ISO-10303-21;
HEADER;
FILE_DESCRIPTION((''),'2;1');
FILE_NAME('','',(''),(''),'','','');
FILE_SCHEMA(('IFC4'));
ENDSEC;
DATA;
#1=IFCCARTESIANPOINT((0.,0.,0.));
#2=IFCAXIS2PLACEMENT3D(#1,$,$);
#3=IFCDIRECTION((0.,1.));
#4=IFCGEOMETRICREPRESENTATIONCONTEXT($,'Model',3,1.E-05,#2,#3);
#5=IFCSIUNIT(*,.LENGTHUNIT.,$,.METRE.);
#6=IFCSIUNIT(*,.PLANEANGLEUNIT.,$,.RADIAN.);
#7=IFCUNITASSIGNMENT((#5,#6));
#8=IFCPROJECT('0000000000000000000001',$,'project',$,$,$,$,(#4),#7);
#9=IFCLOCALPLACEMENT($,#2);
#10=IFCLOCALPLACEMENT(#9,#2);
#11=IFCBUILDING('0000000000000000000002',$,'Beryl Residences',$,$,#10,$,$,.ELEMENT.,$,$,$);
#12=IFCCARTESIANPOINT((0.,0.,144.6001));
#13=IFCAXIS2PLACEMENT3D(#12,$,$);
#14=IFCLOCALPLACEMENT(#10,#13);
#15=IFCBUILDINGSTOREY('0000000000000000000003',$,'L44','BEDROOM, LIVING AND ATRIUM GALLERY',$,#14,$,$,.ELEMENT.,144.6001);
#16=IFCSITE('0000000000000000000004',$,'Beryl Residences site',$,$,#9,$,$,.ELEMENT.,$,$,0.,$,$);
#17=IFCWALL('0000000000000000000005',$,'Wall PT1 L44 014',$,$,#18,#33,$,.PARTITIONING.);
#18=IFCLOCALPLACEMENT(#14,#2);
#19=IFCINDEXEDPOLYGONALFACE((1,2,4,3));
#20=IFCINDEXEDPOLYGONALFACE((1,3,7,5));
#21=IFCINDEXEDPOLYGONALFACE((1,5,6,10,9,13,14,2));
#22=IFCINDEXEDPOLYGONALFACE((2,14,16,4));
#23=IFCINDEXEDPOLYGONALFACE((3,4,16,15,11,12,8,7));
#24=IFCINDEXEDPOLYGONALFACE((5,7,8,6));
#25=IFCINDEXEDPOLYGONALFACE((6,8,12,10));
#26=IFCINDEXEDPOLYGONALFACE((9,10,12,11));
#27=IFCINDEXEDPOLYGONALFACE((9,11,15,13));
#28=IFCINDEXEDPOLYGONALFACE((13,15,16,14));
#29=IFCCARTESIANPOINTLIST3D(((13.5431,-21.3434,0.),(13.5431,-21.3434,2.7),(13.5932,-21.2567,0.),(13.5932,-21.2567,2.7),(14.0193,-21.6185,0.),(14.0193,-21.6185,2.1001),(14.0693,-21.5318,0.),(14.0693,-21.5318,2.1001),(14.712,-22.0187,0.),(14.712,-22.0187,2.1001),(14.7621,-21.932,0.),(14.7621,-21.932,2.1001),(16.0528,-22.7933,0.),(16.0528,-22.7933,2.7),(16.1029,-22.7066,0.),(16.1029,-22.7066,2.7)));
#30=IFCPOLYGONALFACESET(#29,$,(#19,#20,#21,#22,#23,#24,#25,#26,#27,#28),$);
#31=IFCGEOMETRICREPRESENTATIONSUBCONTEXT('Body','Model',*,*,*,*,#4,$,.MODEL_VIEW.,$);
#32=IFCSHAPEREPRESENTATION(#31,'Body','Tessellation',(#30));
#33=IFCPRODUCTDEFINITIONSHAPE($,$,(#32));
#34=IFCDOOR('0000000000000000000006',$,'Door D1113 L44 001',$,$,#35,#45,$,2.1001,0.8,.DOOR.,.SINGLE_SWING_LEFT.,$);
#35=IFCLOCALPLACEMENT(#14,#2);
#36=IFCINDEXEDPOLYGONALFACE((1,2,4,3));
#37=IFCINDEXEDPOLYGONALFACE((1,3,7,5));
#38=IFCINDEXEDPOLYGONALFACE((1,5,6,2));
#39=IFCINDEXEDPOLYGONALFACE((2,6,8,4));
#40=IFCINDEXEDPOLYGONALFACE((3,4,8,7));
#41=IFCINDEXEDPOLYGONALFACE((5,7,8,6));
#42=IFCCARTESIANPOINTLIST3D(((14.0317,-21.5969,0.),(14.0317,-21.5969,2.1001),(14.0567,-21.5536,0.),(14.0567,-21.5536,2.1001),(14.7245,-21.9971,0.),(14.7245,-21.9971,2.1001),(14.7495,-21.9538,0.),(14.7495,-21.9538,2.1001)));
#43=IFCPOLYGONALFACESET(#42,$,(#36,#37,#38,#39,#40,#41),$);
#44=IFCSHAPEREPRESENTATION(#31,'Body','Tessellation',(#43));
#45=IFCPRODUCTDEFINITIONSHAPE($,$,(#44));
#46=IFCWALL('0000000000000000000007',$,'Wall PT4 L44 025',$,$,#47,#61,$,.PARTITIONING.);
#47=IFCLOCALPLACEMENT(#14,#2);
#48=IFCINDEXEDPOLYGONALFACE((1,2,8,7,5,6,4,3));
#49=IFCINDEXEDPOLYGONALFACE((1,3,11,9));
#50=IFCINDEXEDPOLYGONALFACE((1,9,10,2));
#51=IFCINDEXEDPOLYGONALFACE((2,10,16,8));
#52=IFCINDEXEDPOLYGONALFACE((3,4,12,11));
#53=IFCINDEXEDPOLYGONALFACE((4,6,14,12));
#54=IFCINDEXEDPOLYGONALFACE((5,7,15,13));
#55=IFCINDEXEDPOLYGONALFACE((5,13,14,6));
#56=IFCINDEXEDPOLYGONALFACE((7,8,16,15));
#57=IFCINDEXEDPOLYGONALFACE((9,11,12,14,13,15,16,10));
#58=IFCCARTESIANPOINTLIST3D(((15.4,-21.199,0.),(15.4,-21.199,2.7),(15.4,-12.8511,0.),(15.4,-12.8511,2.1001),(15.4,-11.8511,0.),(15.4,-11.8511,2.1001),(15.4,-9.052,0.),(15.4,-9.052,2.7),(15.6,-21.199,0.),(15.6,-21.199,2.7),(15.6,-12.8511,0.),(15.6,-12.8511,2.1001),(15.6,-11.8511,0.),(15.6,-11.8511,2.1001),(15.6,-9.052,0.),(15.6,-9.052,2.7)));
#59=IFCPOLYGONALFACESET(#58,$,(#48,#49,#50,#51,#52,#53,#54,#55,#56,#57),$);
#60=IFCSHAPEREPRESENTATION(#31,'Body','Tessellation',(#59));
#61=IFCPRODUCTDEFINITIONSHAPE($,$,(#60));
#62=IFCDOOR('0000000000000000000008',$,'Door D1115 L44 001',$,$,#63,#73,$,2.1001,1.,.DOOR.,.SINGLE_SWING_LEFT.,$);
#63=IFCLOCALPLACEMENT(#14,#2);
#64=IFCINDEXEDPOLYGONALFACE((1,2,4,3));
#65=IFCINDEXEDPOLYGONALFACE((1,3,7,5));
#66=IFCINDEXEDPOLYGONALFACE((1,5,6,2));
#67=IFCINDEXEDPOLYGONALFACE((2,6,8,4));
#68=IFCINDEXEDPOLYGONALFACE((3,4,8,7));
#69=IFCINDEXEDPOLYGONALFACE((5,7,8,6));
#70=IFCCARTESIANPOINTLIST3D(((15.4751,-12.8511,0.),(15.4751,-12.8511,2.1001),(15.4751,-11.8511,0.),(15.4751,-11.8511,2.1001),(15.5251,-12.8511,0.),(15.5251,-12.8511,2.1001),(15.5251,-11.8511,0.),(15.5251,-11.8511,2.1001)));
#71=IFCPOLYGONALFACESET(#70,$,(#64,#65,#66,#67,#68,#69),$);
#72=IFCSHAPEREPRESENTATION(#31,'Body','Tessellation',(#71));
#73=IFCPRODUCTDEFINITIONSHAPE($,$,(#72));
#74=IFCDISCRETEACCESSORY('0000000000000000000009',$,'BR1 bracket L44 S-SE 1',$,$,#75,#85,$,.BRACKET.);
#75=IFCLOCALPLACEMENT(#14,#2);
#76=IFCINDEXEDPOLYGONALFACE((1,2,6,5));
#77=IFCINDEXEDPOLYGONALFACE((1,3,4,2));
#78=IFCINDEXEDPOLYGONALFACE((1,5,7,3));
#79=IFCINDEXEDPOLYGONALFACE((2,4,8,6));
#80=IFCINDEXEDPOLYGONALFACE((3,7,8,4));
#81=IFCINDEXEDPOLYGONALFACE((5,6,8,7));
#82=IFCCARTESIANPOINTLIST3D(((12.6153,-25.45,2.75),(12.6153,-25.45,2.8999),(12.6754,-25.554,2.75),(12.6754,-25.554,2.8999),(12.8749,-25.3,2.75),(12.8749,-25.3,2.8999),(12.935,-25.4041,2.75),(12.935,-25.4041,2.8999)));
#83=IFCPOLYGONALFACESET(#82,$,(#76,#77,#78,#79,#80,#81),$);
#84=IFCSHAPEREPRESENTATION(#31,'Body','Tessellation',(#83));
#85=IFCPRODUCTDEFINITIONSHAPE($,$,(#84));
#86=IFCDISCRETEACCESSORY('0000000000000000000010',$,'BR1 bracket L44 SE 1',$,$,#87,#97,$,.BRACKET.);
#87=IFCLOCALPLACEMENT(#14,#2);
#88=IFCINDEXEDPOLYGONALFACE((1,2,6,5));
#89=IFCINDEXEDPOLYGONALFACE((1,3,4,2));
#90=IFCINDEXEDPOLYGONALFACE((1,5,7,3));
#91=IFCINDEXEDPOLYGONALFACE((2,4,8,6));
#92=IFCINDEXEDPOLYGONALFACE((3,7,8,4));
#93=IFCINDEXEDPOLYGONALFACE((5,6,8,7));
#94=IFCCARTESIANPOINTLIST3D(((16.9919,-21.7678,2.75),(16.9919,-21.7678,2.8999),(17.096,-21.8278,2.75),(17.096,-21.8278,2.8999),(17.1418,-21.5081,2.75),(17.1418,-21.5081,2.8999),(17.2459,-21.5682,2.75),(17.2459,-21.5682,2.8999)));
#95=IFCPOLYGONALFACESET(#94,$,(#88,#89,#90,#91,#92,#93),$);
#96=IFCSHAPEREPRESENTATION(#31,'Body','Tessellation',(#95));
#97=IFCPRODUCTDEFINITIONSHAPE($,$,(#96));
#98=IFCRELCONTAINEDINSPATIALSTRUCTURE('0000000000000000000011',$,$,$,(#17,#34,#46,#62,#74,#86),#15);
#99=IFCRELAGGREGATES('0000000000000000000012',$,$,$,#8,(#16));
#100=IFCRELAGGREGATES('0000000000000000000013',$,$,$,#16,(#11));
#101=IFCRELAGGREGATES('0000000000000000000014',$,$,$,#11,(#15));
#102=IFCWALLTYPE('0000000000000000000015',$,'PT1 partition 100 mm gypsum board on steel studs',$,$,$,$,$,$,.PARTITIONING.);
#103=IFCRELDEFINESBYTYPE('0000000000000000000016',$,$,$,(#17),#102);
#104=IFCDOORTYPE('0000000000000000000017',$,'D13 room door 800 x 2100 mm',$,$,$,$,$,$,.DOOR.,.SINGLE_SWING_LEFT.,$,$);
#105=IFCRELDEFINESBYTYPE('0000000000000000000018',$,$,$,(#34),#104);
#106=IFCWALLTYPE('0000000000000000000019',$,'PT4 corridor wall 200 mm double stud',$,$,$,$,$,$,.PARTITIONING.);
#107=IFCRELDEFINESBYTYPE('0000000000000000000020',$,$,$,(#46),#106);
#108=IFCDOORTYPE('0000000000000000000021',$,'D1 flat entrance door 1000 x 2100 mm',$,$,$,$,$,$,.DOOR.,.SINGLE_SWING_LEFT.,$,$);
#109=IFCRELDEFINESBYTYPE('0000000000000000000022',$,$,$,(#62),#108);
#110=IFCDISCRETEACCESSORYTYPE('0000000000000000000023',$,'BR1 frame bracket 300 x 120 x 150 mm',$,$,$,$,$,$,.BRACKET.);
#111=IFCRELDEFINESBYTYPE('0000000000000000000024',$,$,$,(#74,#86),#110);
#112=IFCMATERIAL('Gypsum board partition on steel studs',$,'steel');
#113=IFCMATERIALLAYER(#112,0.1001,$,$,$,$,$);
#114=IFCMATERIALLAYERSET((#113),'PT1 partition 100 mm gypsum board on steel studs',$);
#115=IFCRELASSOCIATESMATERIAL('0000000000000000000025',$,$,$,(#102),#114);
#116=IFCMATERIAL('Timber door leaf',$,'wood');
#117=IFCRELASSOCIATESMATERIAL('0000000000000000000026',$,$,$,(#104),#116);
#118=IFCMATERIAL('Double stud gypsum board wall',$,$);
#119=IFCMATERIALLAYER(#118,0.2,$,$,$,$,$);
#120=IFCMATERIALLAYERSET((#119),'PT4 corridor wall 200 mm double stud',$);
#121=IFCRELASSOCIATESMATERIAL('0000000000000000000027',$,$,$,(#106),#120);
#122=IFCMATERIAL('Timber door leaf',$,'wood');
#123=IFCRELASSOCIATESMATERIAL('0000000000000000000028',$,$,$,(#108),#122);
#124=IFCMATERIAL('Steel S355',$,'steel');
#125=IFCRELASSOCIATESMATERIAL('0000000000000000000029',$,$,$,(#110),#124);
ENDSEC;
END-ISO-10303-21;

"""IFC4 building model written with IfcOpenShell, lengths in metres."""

from ifc_helpers import new_model, si_unit, direction, frame, frame_2d, origin, place, context, subcontext, project, spatial, polyline, rectangle, outline, extrude, source, transform, mapped, material, layer, layer_set, type_object, type_shapes, element, fill, save


model = new_model("IFC4")

# Units and contexts
model_context = context("Model", 3, precision=1e-05, world=origin(), true_north=direction((0.0, 1.0)))
body_context = subcontext(model_context, "Body", "Model", "MODEL_VIEW")
ifc_project = project(units=[si_unit("LENGTHUNIT", "METRE"), si_unit("PLANEANGLEUNIT", "RADIAN")], contexts=[model_context])

# Site, building, storey
site_placement = place(None, origin())
site = spatial("IfcSite", under=ifc_project, at=site_placement, Name="Beryl Residences site", CompositionType="ELEMENT", RefElevation=0.0)
building_placement = place(site_placement, origin())
building = spatial("IfcBuilding", under=site, at=building_placement, Name="Beryl Residences", CompositionType="ELEMENT")
storey_placement = place(building_placement, frame((0.0, 0.0, 144.6001)))
storey = spatial("IfcBuildingStorey", under=building, at=storey_placement, Name="L44", Description="BEDROOM, LIVING AND ATRIUM GALLERY", CompositionType="ELEMENT", Elevation=144.6001)

# Walls, openings, doors
ifc_material_1 = material(Name="Gypsum board partition on steel studs", Category="steel")
ifc_layer_1 = layer(ifc_material_1, 0.1001)
ifc_layer_set_1 = layer_set([ifc_layer_1], Name="PT1 partition 100 mm gypsum board on steel studs")
wall_type_1 = type_object("IfcWallType", Name="PT1 partition 100 mm gypsum board on steel studs", PredefinedType="PARTITIONING", material=ifc_layer_set_1)
wall_1_placement = place(storey_placement, frame((13.5681, -21.3, 0.0), z_axis=(0.0, 0.0, 1.0), x_axis=(0.865885, -0.500243, 0.0)))
wall_1 = element("IfcWall", 1, at=wall_1_placement, inside=storey, type_object=wall_type_1, Name="Wall PT1 L44 014", PredefinedType="PARTITIONING", context=body_context, shape_type="SweptSolid", body=[
    extrude(rectangle(XDim=2.8984, YDim=0.1001, at=frame_2d((1.4492, 0.0))), origin(), (0.0, 0.0, 1.0), 2.7),
])
opening_1_placement = place(wall_1_placement, frame((0.55, 0.0, 0.0)))
opening_1 = element("IfcOpeningElement", 2, at=opening_1_placement, cuts=wall_1, PredefinedType="OPENING", context=body_context, shape_type="SweptSolid", body=[
    extrude(rectangle(XDim=0.8, YDim=2.1001, at=frame_2d((0.3999, 1.05))), frame((0.0, 0.0601, 0.0), z_axis=(0.0, -1.0, 0.0), x_axis=(1.0, 0.0, 0.0)), (0.0, 0.0, 1.0), 0.1201),
])
ifc_material_2 = material(Name="Timber door leaf", Category="wood")
door_type_1 = type_object("IfcDoorType", Name="D13 room door 800 x 2100 mm", OperationType="SINGLE_SWING_LEFT", PredefinedType="DOOR", material=ifc_material_2)
door_1_placement = place(opening_1_placement, origin())
door_1 = element("IfcDoor", 3, at=door_1_placement, inside=storey, type_object=door_type_1, Name="Door D1113 L44 001", OperationType="SINGLE_SWING_LEFT", OverallHeight=2.1001, OverallWidth=0.8, PredefinedType="DOOR", context=body_context, shape_type="SweptSolid", body=[
    extrude(rectangle(XDim=0.8, YDim=2.1001, at=frame_2d((0.3999, 1.05))), frame((0.0, 0.0249, 0.0), z_axis=(0.0, -1.0, 0.0), x_axis=(1.0, 0.0, 0.0)), (0.0, 0.0, 1.0), 0.05),
])
fill(opening_1, door_1)
ifc_material_3 = material(Name="Double stud gypsum board wall")
ifc_layer_2 = layer(ifc_material_3, 0.2)
ifc_layer_set_2 = layer_set([ifc_layer_2], Name="PT4 corridor wall 200 mm double stud")
wall_type_2 = type_object("IfcWallType", Name="PT4 corridor wall 200 mm double stud", PredefinedType="PARTITIONING", material=ifc_layer_set_2)
wall_2_placement = place(storey_placement, frame((15.5, -21.199, 0.0), z_axis=(0.0, 0.0, 1.0), x_axis=(0.0, 1.0, 0.0)))
wall_2 = element("IfcWall", 4, at=wall_2_placement, inside=storey, type_object=wall_type_2, Name="Wall PT4 L44 025", PredefinedType="PARTITIONING", context=body_context, shape_type="SweptSolid", body=[
    extrude(rectangle(XDim=12.147, YDim=0.2, at=frame_2d((6.0735, 0.0))), origin(), (0.0, 0.0, 1.0), 2.7),
])
opening_2_placement = place(wall_2_placement, frame((8.3479, 0.0, 0.0)))
opening_2 = element("IfcOpeningElement", 5, at=opening_2_placement, cuts=wall_2, PredefinedType="OPENING", context=body_context, shape_type="SweptSolid", body=[
    extrude(rectangle(XDim=1.0, YDim=2.1001, at=frame_2d((0.5, 1.05))), frame((0.0, 0.1099, 0.0), z_axis=(0.0, -1.0, 0.0), x_axis=(1.0, 0.0, 0.0)), (0.0, 0.0, 1.0), 0.22),
])
ifc_material_4 = material(Name="Timber door leaf", Category="wood")
door_type_2 = type_object("IfcDoorType", Name="D1 flat entrance door 1000 x 2100 mm", OperationType="SINGLE_SWING_LEFT", PredefinedType="DOOR", material=ifc_material_4)
door_2_placement = place(opening_2_placement, origin())
door_2 = element("IfcDoor", 6, at=door_2_placement, inside=storey, type_object=door_type_2, Name="Door D1115 L44 001", OperationType="SINGLE_SWING_LEFT", OverallHeight=2.1001, OverallWidth=1.0, PredefinedType="DOOR", context=body_context, shape_type="SweptSolid", body=[
    extrude(rectangle(XDim=1.0, YDim=2.1001, at=frame_2d((0.5, 1.05))), frame((0.0, 0.0249, 0.0), z_axis=(0.0, -1.0, 0.0), x_axis=(1.0, 0.0, 0.0)), (0.0, 0.0, 1.0), 0.05),
])
fill(opening_2, door_2)

# Discrete accessories
ifc_material_5 = material(Name="Steel S355", Category="steel")
discrete_accessory_type = type_object("IfcDiscreteAccessoryType", Name="BR1 frame bracket 300 x 120 x 150 mm", PredefinedType="BRACKET", material=ifc_material_5)
shared_shape_1 = source(origin(), body_context, "Body", "SweptSolid", [
    extrude(outline(polyline([(-0.1499, 0.0), (0.1499, 0.0), (0.1499, 0.1201), (-0.1499, 0.1201), (-0.1499, 0.0)])), origin(), (0.0, 0.0, 1.0), 0.1499),
])
type_shapes(discrete_accessory_type, [shared_shape_1])
for number, where, z_axis, x_axis, name in (
    (7, (12.7451, -25.375, 2.75), (0.0, 0.0, 1.0), (-0.866025, -0.5, 0.0), "BR1 bracket L44 S-SE 1"),
    (8, (17.0669, -21.6379, 2.75), (0.0, 0.0, 1.0), (-0.5, -0.866025, 0.0), "BR1 bracket L44 SE 1"),
):
    element("IfcDiscreteAccessory", number, at=place(storey_placement, frame(where, z_axis=z_axis, x_axis=x_axis)), inside=storey, type_object=discrete_accessory_type, Name=name, PredefinedType="BRACKET", context=body_context, shape_type="MappedRepresentation", body=[
        mapped(shared_shape_1, transform((0.0, 0.0, 0.0))),
    ])

save(model, "model.ifc")
